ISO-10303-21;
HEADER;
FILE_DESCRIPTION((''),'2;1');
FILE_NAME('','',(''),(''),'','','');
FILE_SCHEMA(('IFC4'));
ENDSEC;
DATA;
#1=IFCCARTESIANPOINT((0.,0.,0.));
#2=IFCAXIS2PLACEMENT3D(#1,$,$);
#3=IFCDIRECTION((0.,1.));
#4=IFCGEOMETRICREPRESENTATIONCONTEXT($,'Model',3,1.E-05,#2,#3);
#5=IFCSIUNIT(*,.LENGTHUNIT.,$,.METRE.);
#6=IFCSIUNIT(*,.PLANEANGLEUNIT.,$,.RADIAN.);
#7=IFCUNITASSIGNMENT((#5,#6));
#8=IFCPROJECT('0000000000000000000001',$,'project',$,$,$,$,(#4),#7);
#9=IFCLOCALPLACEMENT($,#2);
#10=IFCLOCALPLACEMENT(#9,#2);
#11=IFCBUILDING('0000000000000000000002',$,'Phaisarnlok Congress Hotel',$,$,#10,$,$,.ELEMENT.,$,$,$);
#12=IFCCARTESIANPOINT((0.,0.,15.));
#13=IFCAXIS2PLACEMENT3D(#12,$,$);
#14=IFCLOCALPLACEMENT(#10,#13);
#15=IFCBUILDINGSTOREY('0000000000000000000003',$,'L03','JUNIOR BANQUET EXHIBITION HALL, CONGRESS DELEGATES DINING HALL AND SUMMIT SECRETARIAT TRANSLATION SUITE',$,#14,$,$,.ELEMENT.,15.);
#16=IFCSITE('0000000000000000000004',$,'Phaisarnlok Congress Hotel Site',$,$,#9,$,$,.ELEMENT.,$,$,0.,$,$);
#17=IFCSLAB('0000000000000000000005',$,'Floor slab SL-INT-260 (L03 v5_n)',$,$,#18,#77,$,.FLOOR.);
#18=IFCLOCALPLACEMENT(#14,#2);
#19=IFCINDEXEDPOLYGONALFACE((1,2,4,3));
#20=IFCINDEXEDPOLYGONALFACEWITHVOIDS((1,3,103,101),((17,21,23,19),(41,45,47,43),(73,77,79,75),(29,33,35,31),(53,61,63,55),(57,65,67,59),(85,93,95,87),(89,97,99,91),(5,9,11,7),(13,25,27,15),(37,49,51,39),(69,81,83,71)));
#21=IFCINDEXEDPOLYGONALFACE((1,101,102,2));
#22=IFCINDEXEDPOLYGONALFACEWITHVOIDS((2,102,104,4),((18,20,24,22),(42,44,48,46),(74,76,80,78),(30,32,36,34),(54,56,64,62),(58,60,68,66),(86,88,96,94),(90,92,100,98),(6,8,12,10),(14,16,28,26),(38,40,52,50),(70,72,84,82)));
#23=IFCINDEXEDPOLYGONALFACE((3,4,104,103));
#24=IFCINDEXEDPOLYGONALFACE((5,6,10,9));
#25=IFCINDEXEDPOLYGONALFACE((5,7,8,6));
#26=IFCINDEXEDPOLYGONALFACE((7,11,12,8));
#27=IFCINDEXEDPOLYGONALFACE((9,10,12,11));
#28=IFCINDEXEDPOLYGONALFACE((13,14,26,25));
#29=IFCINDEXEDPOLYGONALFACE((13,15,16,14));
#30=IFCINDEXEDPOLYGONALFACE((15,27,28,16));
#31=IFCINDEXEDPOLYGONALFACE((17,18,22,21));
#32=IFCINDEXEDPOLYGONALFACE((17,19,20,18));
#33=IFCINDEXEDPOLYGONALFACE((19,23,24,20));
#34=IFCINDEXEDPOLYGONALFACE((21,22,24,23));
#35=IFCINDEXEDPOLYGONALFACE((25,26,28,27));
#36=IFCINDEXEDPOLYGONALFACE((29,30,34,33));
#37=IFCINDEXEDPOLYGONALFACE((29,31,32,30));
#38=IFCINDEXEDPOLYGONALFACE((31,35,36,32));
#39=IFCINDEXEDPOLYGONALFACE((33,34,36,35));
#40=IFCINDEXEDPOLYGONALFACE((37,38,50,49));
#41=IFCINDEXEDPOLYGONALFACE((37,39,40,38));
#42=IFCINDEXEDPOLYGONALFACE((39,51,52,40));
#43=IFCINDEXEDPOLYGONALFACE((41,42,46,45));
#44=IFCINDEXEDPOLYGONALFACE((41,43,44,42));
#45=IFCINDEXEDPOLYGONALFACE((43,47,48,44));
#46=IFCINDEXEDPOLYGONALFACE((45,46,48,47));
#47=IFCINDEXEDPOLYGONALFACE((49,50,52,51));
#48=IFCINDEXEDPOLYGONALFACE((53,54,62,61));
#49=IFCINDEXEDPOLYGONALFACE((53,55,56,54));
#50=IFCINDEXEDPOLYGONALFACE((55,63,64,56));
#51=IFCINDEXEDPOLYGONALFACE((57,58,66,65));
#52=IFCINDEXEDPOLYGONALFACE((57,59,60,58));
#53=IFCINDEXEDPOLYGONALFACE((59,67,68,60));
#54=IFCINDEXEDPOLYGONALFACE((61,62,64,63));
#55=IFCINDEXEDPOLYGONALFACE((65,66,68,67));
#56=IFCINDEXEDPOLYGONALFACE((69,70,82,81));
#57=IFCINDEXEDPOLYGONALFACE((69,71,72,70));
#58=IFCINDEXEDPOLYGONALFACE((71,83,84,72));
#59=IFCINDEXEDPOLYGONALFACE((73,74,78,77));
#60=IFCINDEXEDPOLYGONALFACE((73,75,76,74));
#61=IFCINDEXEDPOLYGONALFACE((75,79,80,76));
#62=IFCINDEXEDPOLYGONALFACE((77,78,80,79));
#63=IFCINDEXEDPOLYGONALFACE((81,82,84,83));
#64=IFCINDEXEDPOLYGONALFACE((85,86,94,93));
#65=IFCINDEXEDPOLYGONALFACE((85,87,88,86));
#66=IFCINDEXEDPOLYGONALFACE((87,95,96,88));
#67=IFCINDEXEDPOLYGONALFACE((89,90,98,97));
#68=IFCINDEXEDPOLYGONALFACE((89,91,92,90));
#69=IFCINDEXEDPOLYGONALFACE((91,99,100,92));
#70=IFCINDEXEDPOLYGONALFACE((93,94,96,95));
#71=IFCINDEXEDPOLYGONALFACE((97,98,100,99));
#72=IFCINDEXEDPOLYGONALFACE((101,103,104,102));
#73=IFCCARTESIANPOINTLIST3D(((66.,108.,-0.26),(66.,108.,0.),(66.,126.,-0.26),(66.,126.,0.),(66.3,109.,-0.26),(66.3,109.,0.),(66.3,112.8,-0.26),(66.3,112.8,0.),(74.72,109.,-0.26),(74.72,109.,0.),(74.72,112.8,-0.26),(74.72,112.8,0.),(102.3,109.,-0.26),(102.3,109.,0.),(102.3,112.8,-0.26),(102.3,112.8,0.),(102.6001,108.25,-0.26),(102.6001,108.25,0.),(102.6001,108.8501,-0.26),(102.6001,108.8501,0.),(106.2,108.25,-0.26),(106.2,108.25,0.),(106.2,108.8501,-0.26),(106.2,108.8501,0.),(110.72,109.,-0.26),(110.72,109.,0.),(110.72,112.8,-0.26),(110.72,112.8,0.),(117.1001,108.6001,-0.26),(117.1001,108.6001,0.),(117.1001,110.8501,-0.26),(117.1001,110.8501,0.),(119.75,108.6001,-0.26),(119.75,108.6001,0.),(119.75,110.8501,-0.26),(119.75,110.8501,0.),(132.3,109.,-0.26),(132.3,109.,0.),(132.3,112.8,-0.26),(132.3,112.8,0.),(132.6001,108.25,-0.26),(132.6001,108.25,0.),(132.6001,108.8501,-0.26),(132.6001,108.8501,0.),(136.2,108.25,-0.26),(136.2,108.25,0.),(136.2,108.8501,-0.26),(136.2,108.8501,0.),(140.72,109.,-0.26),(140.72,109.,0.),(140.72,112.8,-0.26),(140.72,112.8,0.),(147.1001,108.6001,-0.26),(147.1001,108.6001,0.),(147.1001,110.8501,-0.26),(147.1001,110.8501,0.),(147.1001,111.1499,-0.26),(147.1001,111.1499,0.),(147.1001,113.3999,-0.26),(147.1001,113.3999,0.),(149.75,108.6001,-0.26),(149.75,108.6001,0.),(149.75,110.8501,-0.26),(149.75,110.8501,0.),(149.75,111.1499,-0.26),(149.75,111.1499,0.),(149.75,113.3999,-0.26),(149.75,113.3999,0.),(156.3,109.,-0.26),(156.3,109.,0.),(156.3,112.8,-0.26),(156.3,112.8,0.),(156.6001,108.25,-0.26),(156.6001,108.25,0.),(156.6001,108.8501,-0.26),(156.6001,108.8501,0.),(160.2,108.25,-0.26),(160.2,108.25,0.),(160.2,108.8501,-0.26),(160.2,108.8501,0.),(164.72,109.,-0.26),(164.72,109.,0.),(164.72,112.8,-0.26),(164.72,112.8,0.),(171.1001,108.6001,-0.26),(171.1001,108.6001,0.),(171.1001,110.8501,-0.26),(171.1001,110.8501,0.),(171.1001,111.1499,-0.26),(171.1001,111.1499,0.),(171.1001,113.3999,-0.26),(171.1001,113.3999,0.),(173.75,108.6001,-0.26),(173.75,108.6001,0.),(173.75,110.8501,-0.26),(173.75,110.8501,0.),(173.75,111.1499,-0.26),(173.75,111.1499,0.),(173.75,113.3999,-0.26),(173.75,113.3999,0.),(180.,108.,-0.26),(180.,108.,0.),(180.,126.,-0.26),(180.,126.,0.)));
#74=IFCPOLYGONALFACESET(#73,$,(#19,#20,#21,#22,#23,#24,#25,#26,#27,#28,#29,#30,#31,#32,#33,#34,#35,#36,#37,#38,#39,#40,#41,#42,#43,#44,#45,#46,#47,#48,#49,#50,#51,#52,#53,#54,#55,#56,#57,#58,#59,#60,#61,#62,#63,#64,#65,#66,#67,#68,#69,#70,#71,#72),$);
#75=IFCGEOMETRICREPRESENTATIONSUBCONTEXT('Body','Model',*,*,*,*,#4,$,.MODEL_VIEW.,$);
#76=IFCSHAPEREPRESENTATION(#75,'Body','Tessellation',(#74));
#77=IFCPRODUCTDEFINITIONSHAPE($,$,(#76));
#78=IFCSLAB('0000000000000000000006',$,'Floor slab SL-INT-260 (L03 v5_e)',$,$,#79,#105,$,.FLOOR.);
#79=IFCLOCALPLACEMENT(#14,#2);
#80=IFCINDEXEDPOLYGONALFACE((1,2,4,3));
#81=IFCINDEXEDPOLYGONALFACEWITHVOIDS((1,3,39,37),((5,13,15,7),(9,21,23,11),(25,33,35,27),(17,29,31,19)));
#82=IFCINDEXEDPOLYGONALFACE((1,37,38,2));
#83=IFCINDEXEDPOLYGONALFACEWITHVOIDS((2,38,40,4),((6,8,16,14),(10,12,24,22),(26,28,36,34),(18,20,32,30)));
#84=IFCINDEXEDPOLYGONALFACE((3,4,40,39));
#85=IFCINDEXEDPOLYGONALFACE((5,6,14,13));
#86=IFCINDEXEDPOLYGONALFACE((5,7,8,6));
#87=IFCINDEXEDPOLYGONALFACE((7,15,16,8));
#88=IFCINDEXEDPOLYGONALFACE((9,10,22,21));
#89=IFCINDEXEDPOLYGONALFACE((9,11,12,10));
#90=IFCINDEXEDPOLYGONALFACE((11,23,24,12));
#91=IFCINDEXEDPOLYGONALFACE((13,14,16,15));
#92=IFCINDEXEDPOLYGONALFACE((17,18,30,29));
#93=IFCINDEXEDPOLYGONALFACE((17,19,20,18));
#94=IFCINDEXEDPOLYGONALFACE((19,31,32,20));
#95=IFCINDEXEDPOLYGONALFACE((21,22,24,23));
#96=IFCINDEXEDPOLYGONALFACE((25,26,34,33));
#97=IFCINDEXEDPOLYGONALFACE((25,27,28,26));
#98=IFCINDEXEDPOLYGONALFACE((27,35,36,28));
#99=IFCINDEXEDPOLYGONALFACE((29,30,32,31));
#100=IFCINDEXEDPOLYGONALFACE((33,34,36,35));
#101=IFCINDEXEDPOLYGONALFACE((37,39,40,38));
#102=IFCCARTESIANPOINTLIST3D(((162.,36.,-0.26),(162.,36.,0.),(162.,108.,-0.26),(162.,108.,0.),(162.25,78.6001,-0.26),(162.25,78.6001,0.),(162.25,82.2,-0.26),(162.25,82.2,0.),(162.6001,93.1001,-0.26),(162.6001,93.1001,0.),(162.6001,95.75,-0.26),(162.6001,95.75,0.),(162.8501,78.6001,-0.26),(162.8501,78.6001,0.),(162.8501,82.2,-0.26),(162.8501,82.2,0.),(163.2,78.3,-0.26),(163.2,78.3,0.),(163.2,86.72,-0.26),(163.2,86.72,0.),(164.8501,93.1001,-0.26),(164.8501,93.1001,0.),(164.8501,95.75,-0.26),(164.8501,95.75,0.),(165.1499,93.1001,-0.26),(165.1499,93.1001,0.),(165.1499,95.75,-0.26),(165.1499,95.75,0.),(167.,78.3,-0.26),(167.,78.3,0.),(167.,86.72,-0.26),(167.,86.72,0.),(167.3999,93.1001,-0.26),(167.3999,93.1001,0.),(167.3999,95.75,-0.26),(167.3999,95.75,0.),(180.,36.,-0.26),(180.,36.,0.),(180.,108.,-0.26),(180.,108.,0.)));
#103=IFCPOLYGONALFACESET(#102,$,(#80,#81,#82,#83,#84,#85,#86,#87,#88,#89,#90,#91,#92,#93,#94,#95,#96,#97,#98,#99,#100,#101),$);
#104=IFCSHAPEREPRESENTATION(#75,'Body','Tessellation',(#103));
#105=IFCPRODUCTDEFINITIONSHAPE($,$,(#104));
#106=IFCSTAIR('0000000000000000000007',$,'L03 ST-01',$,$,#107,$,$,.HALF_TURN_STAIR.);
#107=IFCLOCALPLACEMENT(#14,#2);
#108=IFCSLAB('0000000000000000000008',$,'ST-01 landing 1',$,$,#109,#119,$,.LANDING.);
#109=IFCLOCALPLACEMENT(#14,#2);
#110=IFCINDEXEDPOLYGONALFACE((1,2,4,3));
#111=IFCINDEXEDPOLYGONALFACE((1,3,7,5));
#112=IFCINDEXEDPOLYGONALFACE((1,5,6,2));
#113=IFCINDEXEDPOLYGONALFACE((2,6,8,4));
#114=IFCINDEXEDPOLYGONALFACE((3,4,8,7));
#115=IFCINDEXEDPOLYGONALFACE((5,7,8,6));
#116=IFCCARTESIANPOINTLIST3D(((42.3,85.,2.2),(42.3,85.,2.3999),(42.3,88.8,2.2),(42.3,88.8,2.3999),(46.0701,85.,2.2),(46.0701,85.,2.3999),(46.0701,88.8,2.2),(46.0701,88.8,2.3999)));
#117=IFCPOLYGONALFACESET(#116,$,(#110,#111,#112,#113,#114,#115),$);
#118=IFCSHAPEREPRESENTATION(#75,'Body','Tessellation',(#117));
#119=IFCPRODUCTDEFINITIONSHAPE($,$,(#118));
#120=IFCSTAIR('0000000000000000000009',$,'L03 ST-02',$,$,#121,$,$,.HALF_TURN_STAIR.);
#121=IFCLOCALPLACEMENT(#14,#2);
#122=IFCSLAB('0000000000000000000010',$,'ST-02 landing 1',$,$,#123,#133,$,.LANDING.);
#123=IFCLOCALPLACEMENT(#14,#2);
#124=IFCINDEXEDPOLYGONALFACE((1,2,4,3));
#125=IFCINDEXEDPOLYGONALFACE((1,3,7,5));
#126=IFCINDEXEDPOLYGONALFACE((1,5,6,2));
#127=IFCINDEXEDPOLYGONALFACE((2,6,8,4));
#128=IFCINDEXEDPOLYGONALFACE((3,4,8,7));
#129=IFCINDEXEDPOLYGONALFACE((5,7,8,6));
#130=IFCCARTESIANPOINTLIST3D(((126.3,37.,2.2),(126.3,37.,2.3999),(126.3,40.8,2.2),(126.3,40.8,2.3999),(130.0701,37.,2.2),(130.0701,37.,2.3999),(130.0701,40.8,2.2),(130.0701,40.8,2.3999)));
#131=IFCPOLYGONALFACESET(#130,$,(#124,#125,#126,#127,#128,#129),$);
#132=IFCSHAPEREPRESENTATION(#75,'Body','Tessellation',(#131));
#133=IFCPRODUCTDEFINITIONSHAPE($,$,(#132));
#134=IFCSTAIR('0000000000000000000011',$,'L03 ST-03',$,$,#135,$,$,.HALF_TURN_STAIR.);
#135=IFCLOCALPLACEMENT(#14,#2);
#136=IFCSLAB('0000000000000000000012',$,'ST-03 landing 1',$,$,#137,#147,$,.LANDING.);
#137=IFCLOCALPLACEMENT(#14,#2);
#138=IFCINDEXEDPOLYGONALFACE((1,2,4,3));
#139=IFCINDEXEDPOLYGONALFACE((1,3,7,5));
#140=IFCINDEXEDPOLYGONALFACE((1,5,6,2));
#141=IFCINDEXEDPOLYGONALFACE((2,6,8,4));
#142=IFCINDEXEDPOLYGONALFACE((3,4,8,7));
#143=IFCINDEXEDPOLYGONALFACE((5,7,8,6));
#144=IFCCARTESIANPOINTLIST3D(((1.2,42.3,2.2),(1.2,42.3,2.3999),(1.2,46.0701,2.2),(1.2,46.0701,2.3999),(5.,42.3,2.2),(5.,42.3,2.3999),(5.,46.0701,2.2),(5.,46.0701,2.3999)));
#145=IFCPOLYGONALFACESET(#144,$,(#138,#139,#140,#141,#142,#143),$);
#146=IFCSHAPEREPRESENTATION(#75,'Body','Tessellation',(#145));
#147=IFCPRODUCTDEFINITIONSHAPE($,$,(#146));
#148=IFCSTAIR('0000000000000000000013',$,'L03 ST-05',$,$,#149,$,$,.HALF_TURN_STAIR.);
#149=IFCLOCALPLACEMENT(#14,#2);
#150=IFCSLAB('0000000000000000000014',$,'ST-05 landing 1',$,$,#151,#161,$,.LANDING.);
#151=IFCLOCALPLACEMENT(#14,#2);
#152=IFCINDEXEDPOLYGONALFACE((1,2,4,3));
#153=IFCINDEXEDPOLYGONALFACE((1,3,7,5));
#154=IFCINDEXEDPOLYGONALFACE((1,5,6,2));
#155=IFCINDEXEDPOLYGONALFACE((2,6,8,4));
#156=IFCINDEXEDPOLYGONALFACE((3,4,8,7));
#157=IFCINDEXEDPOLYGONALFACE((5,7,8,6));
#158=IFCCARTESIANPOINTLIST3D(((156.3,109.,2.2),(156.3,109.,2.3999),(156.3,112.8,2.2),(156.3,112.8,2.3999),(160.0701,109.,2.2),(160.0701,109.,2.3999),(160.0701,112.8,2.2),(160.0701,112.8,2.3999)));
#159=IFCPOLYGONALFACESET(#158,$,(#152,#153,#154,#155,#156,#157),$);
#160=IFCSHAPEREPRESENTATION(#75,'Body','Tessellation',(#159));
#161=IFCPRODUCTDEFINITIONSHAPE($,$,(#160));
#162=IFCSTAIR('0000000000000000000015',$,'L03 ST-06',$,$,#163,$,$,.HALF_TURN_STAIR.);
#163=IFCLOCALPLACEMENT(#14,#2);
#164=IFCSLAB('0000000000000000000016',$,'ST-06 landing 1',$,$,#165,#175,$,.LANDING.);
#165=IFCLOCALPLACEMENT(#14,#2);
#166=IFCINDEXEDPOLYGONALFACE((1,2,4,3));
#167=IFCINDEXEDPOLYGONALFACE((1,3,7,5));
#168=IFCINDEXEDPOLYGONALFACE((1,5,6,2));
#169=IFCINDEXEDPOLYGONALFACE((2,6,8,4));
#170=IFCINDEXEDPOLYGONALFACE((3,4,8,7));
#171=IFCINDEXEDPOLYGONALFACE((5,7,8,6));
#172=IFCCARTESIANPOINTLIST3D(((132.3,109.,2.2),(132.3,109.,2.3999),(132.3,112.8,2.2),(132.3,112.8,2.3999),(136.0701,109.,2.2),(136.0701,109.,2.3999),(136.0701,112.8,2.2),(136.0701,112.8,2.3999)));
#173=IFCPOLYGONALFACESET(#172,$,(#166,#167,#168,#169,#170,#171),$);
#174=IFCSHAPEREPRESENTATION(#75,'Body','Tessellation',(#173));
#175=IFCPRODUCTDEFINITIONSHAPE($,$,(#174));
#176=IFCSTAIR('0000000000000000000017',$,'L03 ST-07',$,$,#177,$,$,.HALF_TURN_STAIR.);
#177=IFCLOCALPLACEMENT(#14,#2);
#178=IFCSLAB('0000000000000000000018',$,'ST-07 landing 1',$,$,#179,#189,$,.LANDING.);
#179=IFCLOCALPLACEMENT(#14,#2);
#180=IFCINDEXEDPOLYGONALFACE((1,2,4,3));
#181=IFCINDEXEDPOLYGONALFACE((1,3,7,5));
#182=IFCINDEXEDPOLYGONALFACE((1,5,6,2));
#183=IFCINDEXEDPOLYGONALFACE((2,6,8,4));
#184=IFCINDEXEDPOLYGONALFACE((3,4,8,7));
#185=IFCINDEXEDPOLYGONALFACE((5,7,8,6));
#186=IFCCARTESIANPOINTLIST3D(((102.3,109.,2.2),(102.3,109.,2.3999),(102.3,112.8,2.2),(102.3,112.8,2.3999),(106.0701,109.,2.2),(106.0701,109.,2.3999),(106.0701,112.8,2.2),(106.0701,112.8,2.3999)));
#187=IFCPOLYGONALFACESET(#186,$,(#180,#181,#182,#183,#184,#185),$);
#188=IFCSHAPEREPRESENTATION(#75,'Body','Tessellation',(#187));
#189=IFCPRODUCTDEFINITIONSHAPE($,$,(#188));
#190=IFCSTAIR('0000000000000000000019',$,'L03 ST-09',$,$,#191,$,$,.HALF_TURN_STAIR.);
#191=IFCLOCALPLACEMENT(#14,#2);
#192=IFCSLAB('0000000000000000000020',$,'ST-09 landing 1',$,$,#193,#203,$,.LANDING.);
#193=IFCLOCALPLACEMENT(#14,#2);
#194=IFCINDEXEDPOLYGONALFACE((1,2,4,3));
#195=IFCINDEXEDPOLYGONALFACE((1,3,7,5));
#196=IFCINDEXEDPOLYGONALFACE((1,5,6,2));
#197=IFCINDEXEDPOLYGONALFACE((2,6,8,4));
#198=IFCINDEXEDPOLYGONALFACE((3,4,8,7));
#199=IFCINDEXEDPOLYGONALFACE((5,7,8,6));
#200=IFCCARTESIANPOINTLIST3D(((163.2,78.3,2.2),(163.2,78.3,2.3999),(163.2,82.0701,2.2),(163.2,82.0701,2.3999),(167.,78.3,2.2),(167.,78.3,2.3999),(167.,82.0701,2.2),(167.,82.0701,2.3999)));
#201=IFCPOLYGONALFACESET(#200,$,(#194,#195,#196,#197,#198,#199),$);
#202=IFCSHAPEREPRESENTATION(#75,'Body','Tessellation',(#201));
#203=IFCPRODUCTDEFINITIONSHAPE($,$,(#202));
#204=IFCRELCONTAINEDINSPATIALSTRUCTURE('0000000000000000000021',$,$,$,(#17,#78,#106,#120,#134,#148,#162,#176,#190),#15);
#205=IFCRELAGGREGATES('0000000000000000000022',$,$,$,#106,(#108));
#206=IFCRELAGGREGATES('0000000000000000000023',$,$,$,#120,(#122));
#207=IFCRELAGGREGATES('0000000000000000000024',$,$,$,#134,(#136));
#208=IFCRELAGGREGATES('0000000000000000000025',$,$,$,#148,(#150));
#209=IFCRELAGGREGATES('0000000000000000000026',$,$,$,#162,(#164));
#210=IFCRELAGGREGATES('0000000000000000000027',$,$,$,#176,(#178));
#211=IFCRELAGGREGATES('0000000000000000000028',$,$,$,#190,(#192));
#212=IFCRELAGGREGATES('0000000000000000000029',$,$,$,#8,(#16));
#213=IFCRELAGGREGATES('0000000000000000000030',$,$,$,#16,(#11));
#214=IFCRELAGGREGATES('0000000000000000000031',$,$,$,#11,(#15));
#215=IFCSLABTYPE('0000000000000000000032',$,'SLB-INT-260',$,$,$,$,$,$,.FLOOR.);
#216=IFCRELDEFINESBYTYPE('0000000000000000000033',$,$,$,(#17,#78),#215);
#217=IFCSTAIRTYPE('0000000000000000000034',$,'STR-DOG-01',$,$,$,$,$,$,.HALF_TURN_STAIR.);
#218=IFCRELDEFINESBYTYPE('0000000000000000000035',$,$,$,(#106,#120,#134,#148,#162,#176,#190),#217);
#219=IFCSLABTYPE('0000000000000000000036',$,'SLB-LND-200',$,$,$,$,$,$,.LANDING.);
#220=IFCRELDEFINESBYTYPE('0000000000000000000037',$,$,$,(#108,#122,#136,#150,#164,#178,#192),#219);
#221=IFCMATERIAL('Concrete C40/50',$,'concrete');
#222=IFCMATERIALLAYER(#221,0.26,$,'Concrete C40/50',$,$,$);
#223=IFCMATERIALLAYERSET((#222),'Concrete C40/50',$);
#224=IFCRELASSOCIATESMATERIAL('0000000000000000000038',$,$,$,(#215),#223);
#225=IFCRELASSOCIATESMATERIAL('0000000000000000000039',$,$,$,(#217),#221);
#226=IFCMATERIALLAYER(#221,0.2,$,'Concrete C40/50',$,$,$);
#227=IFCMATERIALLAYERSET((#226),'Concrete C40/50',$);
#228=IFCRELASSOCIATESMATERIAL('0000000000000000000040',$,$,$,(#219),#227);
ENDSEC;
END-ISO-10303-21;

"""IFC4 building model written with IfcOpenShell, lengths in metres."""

from ifc_helpers import new_model, si_unit, direction, frame, origin, place, context, subcontext, project, spatial, polyline, outline, extrude, material, layer, layer_set, type_object, element, aggregate, save


model = new_model("IFC4")

# Units and contexts
model_context = context("Model", 3, precision=1e-05, world=origin(), true_north=direction((0.0, 1.0)))
body_context = subcontext(model_context, "Body", "Model", "MODEL_VIEW")
ifc_project = project(units=[si_unit("LENGTHUNIT", "METRE"), si_unit("PLANEANGLEUNIT", "RADIAN")], contexts=[model_context])

# Site, building, storey
site_placement = place(None, origin())
site = spatial("IfcSite", under=ifc_project, at=site_placement, Name="Phaisarnlok Congress Hotel Site", CompositionType="ELEMENT", RefElevation=0.0)
building_placement = place(site_placement, origin())
building = spatial("IfcBuilding", under=site, at=building_placement, Name="Phaisarnlok Congress Hotel", CompositionType="ELEMENT")
storey_placement = place(building_placement, frame((0.0, 0.0, 15.0)))
storey = spatial("IfcBuildingStorey", under=building, at=storey_placement, Name="L03", Description="JUNIOR BANQUET EXHIBITION HALL, CONGRESS DELEGATES DINING HALL AND SUMMIT SECRETARIAT TRANSLATION SUITE", CompositionType="ELEMENT", Elevation=15.0)

# Slabs
ifc_material_1 = material(Name="Concrete C40/50", Category="concrete")
ifc_layer_1 = layer(ifc_material_1, 0.26, Name="Concrete C40/50")
ifc_layer_set_1 = layer_set([ifc_layer_1], Name="Concrete C40/50")
slab_type_1 = type_object("IfcSlabType", Name="SLB-INT-260", PredefinedType="FLOOR", material=ifc_layer_set_1)
slab_1_placement = place(storey_placement, frame((0.0, 0.0, -0.26)))
element("IfcSlab", 1, at=slab_1_placement, inside=storey, type_object=slab_type_1, Name="Floor slab SL-INT-260 (L03 v5_n)", PredefinedType="FLOOR", context=body_context, shape_type="SweptSolid", body=[
    extrude(outline(polyline([(180.0, 108.0), (180.0, 126.0), (66.0, 126.0), (66.0, 108.0), (180.0, 108.0)]), holes=[polyline([(164.72, 112.8), (156.3, 112.8), (156.3, 109.0), (164.72, 109.0), (164.72, 112.8)]), polyline([(140.72, 112.8), (132.3, 112.8), (132.3, 109.0), (140.72, 109.0), (140.72, 112.8)]), polyline([(110.72, 112.8), (102.3, 112.8), (102.3, 109.0), (110.72, 109.0), (110.72, 112.8)]), polyline([(74.72, 112.8), (66.3, 112.8), (66.3, 109.0), (74.72, 109.0), (74.72, 112.8)]), polyline([(173.75, 108.6001), (173.75, 110.8501), (171.1001, 110.8501), (171.1001, 108.6001), (173.75, 108.6001)]), polyline([(173.75, 111.1499), (173.75, 113.3999), (171.1001, 113.3999), (171.1001, 111.1499), (173.75, 111.1499)]), polyline([(160.2, 108.25), (160.2, 108.8501), (156.6001, 108.8501), (156.6001, 108.25), (160.2, 108.25)]), polyline([(149.75, 108.6001), (149.75, 110.8501), (147.1001, 110.8501), (147.1001, 108.6001), (149.75, 108.6001)]), polyline([(149.75, 111.1499), (149.75, 113.3999), (147.1001, 113.3999), (147.1001, 111.1499), (149.75, 111.1499)]), polyline([(136.2, 108.25), (136.2, 108.8501), (132.6001, 108.8501), (132.6001, 108.25), (136.2, 108.25)]), polyline([(119.75, 108.6001), (119.75, 110.8501), (117.1001, 110.8501), (117.1001, 108.6001), (119.75, 108.6001)]), polyline([(106.2, 108.25), (106.2, 108.8501), (102.6001, 108.8501), (102.6001, 108.25), (106.2, 108.25)])]), origin(), (0.0, 0.0, 1.0), 0.26),
])
slab_2_placement = place(storey_placement, frame((0.0, 0.0, -0.26)))
element("IfcSlab", 2, at=slab_2_placement, inside=storey, type_object=slab_type_1, Name="Floor slab SL-INT-260 (L03 v5_e)", PredefinedType="FLOOR", context=body_context, shape_type="SweptSolid", body=[
    extrude(outline(polyline([(180.0, 36.0), (180.0, 108.0), (162.0, 108.0), (162.0, 36.0), (180.0, 36.0)]), holes=[polyline([(163.2, 86.72), (163.2, 78.3), (167.0, 78.3), (167.0, 86.72), (163.2, 86.72)]), polyline([(164.8501, 93.1001), (164.8501, 95.75), (162.6001, 95.75), (162.6001, 93.1001), (164.8501, 93.1001)]), polyline([(167.3999, 93.1001), (167.3999, 95.75), (165.1499, 95.75), (165.1499, 93.1001), (167.3999, 93.1001)]), polyline([(162.8501, 78.6001), (162.8501, 82.2), (162.25, 82.2), (162.25, 78.6001), (162.8501, 78.6001)])]), origin(), (0.0, 0.0, 1.0), 0.26),
])

# Stairs, slabs
stair_type = type_object("IfcStairType", Name="STR-DOG-01", PredefinedType="HALF_TURN_STAIR", material=ifc_material_1)
stair_1_placement = place(storey_placement, origin())
stair_1 = element("IfcStair", 3, at=stair_1_placement, inside=storey, type_object=stair_type, Name="L03 ST-01", PredefinedType="HALF_TURN_STAIR")
ifc_layer_2 = layer(ifc_material_1, 0.2, Name="Concrete C40/50")
ifc_layer_set_2 = layer_set([ifc_layer_2], Name="Concrete C40/50")
slab_type_2 = type_object("IfcSlabType", Name="SLB-LND-200", PredefinedType="LANDING", material=ifc_layer_set_2)
slab_3_placement = place(storey_placement, frame((0.0, 0.0, 2.2)))
slab_3 = element("IfcSlab", 4, at=slab_3_placement, type_object=slab_type_2, Name="ST-01 landing 1", PredefinedType="LANDING", context=body_context, shape_type="SweptSolid", body=[
    extrude(outline(polyline([(46.0701, 88.8), (42.3, 88.8), (42.3, 85.0), (46.0701, 85.0), (46.0701, 88.8)])), origin(), (0.0, 0.0, 1.0), 0.2),
])
aggregate(stair_1, [slab_3])
stair_2_placement = place(storey_placement, origin())
stair_2 = element("IfcStair", 5, at=stair_2_placement, inside=storey, type_object=stair_type, Name="L03 ST-02", PredefinedType="HALF_TURN_STAIR")
slab_4_placement = place(storey_placement, frame((0.0, 0.0, 2.2)))
slab_4 = element("IfcSlab", 6, at=slab_4_placement, type_object=slab_type_2, Name="ST-02 landing 1", PredefinedType="LANDING", context=body_context, shape_type="SweptSolid", body=[
    extrude(outline(polyline([(130.0701, 40.8), (126.3, 40.8), (126.3, 37.0), (130.0701, 37.0), (130.0701, 40.8)])), origin(), (0.0, 0.0, 1.0), 0.2),
])
aggregate(stair_2, [slab_4])
stair_3_placement = place(storey_placement, origin())
stair_3 = element("IfcStair", 7, at=stair_3_placement, inside=storey, type_object=stair_type, Name="L03 ST-03", PredefinedType="HALF_TURN_STAIR")
slab_5_placement = place(storey_placement, frame((0.0, 0.0, 2.2)))
slab_5 = element("IfcSlab", 8, at=slab_5_placement, type_object=slab_type_2, Name="ST-03 landing 1", PredefinedType="LANDING", context=body_context, shape_type="SweptSolid", body=[
    extrude(outline(polyline([(1.2, 46.0701), (1.2, 42.3), (5.0, 42.3), (5.0, 46.0701), (1.2, 46.0701)])), origin(), (0.0, 0.0, 1.0), 0.2),
])
aggregate(stair_3, [slab_5])
stair_4_placement = place(storey_placement, origin())
stair_4 = element("IfcStair", 9, at=stair_4_placement, inside=storey, type_object=stair_type, Name="L03 ST-05", PredefinedType="HALF_TURN_STAIR")
slab_6_placement = place(storey_placement, frame((0.0, 0.0, 2.2)))
slab_6 = element("IfcSlab", 10, at=slab_6_placement, type_object=slab_type_2, Name="ST-05 landing 1", PredefinedType="LANDING", context=body_context, shape_type="SweptSolid", body=[
    extrude(outline(polyline([(160.0701, 112.8), (156.3, 112.8), (156.3, 109.0), (160.0701, 109.0), (160.0701, 112.8)])), origin(), (0.0, 0.0, 1.0), 0.2),
])
aggregate(stair_4, [slab_6])
stair_5_placement = place(storey_placement, origin())
stair_5 = element("IfcStair", 11, at=stair_5_placement, inside=storey, type_object=stair_type, Name="L03 ST-06", PredefinedType="HALF_TURN_STAIR")
slab_7_placement = place(storey_placement, frame((0.0, 0.0, 2.2)))
slab_7 = element("IfcSlab", 12, at=slab_7_placement, type_object=slab_type_2, Name="ST-06 landing 1", PredefinedType="LANDING", context=body_context, shape_type="SweptSolid", body=[
    extrude(outline(polyline([(136.0701, 112.8), (132.3, 112.8), (132.3, 109.0), (136.0701, 109.0), (136.0701, 112.8)])), origin(), (0.0, 0.0, 1.0), 0.2),
])
aggregate(stair_5, [slab_7])
stair_6_placement = place(storey_placement, origin())
stair_6 = element("IfcStair", 13, at=stair_6_placement, inside=storey, type_object=stair_type, Name="L03 ST-07", PredefinedType="HALF_TURN_STAIR")
slab_8_placement = place(storey_placement, frame((0.0, 0.0, 2.2)))
slab_8 = element("IfcSlab", 14, at=slab_8_placement, type_object=slab_type_2, Name="ST-07 landing 1", PredefinedType="LANDING", context=body_context, shape_type="SweptSolid", body=[
    extrude(outline(polyline([(106.0701, 112.8), (102.3, 112.8), (102.3, 109.0), (106.0701, 109.0), (106.0701, 112.8)])), origin(), (0.0, 0.0, 1.0), 0.2),
])
aggregate(stair_6, [slab_8])
stair_7_placement = place(storey_placement, origin())
stair_7 = element("IfcStair", 15, at=stair_7_placement, inside=storey, type_object=stair_type, Name="L03 ST-09", PredefinedType="HALF_TURN_STAIR")
slab_9_placement = place(storey_placement, frame((0.0, 0.0, 2.2)))
slab_9 = element("IfcSlab", 16, at=slab_9_placement, type_object=slab_type_2, Name="ST-09 landing 1", PredefinedType="LANDING", context=body_context, shape_type="SweptSolid", body=[
    extrude(outline(polyline([(163.2, 82.0701), (163.2, 78.3), (167.0, 78.3), (167.0, 82.0701), (163.2, 82.0701)])), origin(), (0.0, 0.0, 1.0), 0.2),
])
aggregate(stair_7, [slab_9])

save(model, "model.ifc")
